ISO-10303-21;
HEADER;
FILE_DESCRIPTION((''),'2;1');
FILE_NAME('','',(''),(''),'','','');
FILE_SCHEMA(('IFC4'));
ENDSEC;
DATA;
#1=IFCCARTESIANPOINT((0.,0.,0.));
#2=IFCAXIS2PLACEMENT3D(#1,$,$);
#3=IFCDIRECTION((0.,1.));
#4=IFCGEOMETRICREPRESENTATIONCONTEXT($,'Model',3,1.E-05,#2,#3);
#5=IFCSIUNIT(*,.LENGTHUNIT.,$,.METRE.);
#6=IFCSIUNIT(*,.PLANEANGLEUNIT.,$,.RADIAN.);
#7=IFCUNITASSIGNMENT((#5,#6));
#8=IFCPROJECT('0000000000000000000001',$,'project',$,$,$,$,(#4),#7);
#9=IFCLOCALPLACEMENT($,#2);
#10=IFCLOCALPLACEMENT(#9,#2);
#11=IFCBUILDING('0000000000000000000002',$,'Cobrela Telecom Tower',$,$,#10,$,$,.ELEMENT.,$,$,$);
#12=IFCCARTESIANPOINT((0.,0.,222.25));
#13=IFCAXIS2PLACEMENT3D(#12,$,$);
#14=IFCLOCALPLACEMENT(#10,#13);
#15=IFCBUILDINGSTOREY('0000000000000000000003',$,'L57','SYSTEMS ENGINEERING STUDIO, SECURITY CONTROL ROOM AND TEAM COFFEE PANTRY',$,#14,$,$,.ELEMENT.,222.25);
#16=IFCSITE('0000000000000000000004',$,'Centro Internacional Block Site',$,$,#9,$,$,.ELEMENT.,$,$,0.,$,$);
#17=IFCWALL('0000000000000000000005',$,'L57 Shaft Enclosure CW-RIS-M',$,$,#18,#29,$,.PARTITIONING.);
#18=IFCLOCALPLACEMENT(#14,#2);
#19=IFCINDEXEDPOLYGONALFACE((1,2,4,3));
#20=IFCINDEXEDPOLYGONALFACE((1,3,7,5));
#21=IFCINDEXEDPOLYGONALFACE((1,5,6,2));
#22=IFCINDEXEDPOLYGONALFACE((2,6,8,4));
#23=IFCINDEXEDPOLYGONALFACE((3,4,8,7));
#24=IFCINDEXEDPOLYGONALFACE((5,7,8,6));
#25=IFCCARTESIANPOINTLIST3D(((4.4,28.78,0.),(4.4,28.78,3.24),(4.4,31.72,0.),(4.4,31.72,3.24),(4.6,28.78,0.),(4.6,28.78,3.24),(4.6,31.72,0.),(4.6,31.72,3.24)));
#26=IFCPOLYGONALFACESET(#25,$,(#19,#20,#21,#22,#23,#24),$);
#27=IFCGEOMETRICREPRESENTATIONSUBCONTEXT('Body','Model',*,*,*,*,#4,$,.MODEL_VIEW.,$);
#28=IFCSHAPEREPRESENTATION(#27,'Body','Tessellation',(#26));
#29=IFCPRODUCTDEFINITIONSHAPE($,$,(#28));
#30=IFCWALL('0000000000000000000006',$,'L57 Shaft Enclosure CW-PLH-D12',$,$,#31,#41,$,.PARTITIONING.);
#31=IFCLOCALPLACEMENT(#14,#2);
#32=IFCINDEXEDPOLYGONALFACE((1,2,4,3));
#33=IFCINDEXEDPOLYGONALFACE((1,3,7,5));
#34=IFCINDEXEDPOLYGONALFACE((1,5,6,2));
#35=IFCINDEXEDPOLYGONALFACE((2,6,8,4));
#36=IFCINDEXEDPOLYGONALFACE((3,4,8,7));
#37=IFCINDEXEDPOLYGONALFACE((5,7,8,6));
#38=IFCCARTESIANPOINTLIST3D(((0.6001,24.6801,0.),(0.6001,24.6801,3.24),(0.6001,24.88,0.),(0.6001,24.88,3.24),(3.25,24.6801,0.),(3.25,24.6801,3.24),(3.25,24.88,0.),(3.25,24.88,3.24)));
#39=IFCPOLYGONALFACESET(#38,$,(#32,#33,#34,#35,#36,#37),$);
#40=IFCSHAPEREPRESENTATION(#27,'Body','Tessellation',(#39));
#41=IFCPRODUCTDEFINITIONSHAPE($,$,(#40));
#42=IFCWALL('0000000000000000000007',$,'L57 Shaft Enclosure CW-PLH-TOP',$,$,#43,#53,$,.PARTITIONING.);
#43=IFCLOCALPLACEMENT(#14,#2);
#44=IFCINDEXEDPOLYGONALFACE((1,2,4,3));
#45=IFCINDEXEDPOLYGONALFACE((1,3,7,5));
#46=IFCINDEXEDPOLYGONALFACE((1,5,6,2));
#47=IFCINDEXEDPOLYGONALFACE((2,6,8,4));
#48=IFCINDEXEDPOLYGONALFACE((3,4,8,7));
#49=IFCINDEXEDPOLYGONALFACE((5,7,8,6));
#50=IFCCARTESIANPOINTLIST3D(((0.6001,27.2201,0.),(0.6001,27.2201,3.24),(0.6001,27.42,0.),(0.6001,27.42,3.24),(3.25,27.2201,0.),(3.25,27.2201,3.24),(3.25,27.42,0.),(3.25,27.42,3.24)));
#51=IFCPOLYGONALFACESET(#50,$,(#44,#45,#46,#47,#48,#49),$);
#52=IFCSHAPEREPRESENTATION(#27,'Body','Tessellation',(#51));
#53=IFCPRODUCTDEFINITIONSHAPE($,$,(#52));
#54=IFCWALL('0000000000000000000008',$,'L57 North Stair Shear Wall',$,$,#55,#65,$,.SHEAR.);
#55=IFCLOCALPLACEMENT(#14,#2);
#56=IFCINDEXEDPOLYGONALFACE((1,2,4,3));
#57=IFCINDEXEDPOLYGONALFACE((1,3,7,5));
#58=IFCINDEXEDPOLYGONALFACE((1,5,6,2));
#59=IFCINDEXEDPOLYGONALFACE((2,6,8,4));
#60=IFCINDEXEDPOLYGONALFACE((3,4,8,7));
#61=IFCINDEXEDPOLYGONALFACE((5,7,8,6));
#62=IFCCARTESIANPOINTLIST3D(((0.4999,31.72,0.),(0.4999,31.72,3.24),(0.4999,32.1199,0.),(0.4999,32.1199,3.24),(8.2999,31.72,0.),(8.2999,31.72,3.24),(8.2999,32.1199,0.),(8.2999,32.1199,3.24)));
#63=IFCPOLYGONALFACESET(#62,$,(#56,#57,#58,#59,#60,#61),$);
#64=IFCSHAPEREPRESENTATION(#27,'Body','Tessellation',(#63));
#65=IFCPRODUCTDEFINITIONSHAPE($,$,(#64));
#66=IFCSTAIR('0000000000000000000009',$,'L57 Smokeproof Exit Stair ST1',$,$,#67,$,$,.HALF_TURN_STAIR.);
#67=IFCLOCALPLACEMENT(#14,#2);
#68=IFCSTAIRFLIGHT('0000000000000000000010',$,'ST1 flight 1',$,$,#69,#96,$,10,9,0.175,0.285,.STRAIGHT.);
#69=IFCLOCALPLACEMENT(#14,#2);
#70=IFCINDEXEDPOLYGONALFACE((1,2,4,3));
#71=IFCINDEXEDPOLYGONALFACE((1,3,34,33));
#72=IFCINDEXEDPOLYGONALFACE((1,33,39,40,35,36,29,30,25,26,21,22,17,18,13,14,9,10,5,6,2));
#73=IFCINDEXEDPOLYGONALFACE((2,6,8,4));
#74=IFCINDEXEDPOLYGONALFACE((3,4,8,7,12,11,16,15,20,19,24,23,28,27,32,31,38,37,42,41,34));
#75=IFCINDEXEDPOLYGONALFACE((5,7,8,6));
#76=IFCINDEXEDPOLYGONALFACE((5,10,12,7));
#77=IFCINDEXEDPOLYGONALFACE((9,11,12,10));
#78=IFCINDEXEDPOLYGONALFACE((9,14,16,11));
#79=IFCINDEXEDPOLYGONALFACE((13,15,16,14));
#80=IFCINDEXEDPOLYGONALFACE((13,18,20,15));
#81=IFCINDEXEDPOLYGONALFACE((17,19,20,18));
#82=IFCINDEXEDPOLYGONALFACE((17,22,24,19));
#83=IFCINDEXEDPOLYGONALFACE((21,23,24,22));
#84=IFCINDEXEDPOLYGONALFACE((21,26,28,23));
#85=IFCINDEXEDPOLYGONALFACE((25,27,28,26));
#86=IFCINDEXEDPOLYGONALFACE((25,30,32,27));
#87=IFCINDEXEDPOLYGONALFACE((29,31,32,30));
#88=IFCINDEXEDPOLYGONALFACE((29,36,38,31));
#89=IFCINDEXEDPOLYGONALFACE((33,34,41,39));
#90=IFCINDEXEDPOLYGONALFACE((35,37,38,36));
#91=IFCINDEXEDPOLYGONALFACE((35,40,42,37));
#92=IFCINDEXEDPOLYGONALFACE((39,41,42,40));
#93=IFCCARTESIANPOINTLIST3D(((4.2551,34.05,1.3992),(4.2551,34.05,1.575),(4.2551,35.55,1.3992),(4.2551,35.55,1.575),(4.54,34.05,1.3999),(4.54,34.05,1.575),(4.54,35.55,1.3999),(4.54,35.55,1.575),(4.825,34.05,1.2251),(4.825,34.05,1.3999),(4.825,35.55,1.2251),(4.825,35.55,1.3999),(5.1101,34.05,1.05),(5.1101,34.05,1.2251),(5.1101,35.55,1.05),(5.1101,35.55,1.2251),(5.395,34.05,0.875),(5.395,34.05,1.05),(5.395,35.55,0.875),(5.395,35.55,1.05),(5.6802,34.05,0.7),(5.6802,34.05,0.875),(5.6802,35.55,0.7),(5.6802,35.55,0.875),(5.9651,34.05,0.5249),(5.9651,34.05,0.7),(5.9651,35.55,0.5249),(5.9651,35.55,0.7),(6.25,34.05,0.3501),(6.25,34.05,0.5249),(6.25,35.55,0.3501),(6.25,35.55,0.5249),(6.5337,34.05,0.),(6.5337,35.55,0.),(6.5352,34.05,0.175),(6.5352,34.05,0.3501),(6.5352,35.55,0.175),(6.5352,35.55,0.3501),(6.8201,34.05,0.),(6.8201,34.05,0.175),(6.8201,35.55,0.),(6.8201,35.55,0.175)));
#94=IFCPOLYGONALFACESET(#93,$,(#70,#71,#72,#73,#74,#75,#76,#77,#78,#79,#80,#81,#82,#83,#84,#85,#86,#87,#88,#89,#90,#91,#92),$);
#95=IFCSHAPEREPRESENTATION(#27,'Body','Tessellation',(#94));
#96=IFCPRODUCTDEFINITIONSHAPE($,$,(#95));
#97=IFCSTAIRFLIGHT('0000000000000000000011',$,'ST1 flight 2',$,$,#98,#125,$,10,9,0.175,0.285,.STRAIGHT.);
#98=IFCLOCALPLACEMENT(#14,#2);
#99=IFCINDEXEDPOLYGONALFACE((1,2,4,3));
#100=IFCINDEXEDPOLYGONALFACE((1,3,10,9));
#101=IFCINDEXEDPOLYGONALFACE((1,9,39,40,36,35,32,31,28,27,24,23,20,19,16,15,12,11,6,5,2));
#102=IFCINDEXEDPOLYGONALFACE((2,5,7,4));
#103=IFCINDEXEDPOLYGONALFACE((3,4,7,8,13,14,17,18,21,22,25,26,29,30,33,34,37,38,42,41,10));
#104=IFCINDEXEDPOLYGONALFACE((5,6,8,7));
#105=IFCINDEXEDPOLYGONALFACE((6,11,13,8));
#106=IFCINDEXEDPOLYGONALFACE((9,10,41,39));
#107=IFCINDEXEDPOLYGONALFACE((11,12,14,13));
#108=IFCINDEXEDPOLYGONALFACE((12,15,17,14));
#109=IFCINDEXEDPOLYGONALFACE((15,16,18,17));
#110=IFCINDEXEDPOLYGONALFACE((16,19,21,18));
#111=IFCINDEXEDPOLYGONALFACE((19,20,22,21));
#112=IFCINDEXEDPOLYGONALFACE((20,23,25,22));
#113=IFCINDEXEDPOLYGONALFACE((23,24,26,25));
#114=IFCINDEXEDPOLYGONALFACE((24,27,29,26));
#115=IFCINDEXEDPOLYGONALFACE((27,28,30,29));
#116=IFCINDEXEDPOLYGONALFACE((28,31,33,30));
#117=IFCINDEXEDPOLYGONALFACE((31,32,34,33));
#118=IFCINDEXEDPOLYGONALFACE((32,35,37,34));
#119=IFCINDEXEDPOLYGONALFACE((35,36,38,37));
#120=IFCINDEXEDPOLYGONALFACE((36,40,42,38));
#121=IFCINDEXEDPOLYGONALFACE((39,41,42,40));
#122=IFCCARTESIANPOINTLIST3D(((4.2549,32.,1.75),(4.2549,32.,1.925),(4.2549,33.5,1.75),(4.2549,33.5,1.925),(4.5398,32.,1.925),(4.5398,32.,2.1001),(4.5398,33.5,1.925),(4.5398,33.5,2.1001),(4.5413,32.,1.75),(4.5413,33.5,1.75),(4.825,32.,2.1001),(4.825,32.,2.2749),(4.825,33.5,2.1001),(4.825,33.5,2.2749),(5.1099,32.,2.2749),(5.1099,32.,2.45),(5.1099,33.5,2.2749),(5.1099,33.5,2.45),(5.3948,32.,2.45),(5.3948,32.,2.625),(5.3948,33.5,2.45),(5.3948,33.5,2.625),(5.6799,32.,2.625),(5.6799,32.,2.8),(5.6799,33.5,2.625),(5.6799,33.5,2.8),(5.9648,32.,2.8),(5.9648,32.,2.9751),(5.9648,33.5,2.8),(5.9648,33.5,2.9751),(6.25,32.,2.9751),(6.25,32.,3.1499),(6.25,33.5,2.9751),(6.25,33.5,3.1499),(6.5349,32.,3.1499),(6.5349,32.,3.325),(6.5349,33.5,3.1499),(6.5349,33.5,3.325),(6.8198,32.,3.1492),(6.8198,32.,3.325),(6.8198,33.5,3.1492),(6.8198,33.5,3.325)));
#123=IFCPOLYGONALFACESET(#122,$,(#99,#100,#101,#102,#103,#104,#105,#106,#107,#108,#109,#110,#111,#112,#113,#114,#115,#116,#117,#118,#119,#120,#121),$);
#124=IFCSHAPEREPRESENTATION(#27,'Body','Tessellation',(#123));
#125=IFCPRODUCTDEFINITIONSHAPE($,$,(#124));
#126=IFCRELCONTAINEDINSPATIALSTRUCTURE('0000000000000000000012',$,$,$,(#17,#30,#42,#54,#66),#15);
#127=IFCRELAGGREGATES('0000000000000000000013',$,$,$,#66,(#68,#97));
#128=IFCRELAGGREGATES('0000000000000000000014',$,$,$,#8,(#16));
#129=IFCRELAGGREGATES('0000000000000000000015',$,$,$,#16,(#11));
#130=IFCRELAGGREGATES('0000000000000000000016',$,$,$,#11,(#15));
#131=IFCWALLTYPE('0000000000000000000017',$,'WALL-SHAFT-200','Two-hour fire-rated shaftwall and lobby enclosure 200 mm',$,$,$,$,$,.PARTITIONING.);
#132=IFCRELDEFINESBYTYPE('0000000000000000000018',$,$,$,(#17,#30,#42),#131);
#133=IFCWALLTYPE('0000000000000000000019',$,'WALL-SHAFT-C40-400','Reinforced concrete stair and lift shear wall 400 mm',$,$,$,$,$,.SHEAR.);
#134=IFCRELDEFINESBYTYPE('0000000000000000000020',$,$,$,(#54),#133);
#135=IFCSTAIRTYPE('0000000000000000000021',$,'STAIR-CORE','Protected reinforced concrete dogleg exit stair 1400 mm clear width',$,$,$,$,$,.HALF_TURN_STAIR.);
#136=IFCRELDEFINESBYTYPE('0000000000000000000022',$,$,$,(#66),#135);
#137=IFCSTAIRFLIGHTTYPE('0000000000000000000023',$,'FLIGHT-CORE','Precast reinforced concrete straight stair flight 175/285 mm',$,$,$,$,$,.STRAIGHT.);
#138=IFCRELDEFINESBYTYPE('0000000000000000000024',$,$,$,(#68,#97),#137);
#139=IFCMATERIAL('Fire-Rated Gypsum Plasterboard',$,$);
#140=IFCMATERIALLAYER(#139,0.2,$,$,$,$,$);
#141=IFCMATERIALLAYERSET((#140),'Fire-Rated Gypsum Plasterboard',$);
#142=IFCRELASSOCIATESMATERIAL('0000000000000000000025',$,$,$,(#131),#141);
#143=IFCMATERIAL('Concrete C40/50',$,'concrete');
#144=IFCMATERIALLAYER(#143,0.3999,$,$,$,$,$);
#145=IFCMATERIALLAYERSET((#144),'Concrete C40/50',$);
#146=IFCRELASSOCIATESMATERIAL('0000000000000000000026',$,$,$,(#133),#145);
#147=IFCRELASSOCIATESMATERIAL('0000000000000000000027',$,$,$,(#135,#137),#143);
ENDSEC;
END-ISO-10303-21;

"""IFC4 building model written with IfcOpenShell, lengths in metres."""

from ifc_helpers import new_model, si_unit, direction, frame, frame_2d, origin, place, context, subcontext, project, spatial, polyline, rectangle, outline, extrude, material, layer, layer_set, type_object, element, aggregate, save


model = new_model("IFC4")

# Units and contexts
model_context = context("Model", 3, precision=1e-05, world=origin(), true_north=direction((0.0, 1.0)))
body_context = subcontext(model_context, "Body", "Model", "MODEL_VIEW")
ifc_project = project(units=[si_unit("LENGTHUNIT", "METRE"), si_unit("PLANEANGLEUNIT", "RADIAN")], contexts=[model_context])

# Site, building, storey
site_placement = place(None, origin())
site = spatial("IfcSite", under=ifc_project, at=site_placement, Name="Centro Internacional Block Site", CompositionType="ELEMENT", RefElevation=0.0)
building_placement = place(site_placement, origin())
building = spatial("IfcBuilding", under=site, at=building_placement, Name="Cobrela Telecom Tower", CompositionType="ELEMENT")
storey_placement = place(building_placement, frame((0.0, 0.0, 222.25)))
storey = spatial("IfcBuildingStorey", under=building, at=storey_placement, Name="L57", Description="SYSTEMS ENGINEERING STUDIO, SECURITY CONTROL ROOM AND TEAM COFFEE PANTRY", CompositionType="ELEMENT", Elevation=222.25)

# Shared definitions
ifc_material_1 = material(Name="Fire-Rated Gypsum Plasterboard")
ifc_layer_1 = layer(ifc_material_1, 0.2)
ifc_layer_set_1 = layer_set([ifc_layer_1], Name="Fire-Rated Gypsum Plasterboard")
wall_type_1 = type_object("IfcWallType", Name="WALL-SHAFT-200", Description="Two-hour fire-rated shaftwall and lobby enclosure 200 mm", PredefinedType="PARTITIONING", material=ifc_layer_set_1)

# Walls
wall_1_placement = place(storey_placement, frame((4.5, 28.78, 0.0), z_axis=(0.0, 0.0, 1.0), x_axis=(0.0, 1.0, 0.0)))
element("IfcWall", 1, at=wall_1_placement, inside=storey, type_object=wall_type_1, Name="L57 Shaft Enclosure CW-RIS-M", PredefinedType="PARTITIONING", context=body_context, shape_type="SweptSolid", body=[
    extrude(rectangle(XDim=2.9399, YDim=0.2, at=frame_2d((1.47, 0.0))), origin(), (0.0, 0.0, 1.0), 3.24),
])
for number, where, z_axis, x_axis, name in (
    (2, (0.6001, 24.78, 0.0), (0.0, 0.0, 1.0), (1.0, 0.0, 0.0), "L57 Shaft Enclosure CW-PLH-D12"),
    (3, (0.6001, 27.3201, 0.0), (0.0, 0.0, 1.0), (1.0, 0.0, 0.0), "L57 Shaft Enclosure CW-PLH-TOP"),
):
    element("IfcWall", number, at=place(storey_placement, frame(where, z_axis=z_axis, x_axis=x_axis)), inside=storey, type_object=wall_type_1, Name=name, PredefinedType="PARTITIONING", context=body_context, shape_type="SweptSolid", body=[
        extrude(rectangle(XDim=2.6499, YDim=0.2, at=frame_2d((1.325, 0.0))), origin(), (0.0, 0.0, 1.0), 3.24),
    ])
ifc_material_2 = material(Name="Concrete C40/50", Category="concrete")
ifc_layer_2 = layer(ifc_material_2, 0.3999)
ifc_layer_set_2 = layer_set([ifc_layer_2], Name="Concrete C40/50")
wall_type_2 = type_object("IfcWallType", Name="WALL-SHAFT-C40-400", Description="Reinforced concrete stair and lift shear wall 400 mm", PredefinedType="SHEAR", material=ifc_layer_set_2)
wall_2_placement = place(storey_placement, frame((0.5, 31.9199, 0.0), z_axis=(0.0, 0.0, 1.0), x_axis=(1.0, 0.0, 0.0)))
element("IfcWall", 4, at=wall_2_placement, inside=storey, type_object=wall_type_2, Name="L57 North Stair Shear Wall", PredefinedType="SHEAR", context=body_context, shape_type="SweptSolid", body=[
    extrude(rectangle(XDim=7.8, YDim=0.3999, at=frame_2d((3.8999, 0.0))), origin(), (0.0, 0.0, 1.0), 3.24),
])

# Stair, stair flights
stair_type = type_object("IfcStairType", Name="STAIR-CORE", Description="Protected reinforced concrete dogleg exit stair 1400 mm clear width", PredefinedType="HALF_TURN_STAIR", material=ifc_material_2)
stair_placement = place(storey_placement, origin())
stair = element("IfcStair", 5, at=stair_placement, inside=storey, type_object=stair_type, Name="L57 Smokeproof Exit Stair ST1", PredefinedType="HALF_TURN_STAIR")
stair_flight_type = type_object("IfcStairFlightType", Name="FLIGHT-CORE", Description="Precast reinforced concrete straight stair flight 175/285 mm", PredefinedType="STRAIGHT", material=ifc_material_2)
stair_flight_1_placement = place(storey_placement, frame((6.8201, 34.8, 0.0), z_axis=(0.0, 0.0, 1.0), x_axis=(-1.0, 0.0, 0.0)))
stair_flight_1 = element("IfcStairFlight", 6, at=stair_flight_1_placement, type_object=stair_flight_type, Name="ST1 flight 1", NumberOfRisers=10, NumberOfTreads=9, PredefinedType="STRAIGHT", RiserHeight=0.175, TreadLength=0.285, context=body_context, shape_type="SweptSolid", body=[
    extrude(outline(polyline([(0.0, 0.0), (0.0, 0.175), (0.2849, 0.175), (0.2849, 0.3501), (0.5701, 0.3501), (0.5701, 0.5249), (0.855, 0.5249), (0.855, 0.7), (1.1399, 0.7), (1.1399, 0.875), (1.425, 0.875), (1.425, 1.05), (1.71, 1.05), (1.71, 1.2251), (1.9951, 1.2251), (1.9951, 1.3999), (2.28, 1.3999), (2.28, 1.575), (2.5649, 1.575), (2.5649, 1.75), (2.5649, 1.3992), (0.2864, 0.0), (0.0, 0.0)])), frame((0.0, 0.75, 0.0), z_axis=(0.0, -1.0, 0.0), x_axis=(1.0, 0.0, 0.0)), (0.0, 0.0, 1.0), 1.5),
])
stair_flight_2_placement = place(storey_placement, frame((4.2549, 32.75, 1.75), z_axis=(0.0, 0.0, 1.0), x_axis=(1.0, 0.0, 0.0)))
stair_flight_2 = element("IfcStairFlight", 7, at=stair_flight_2_placement, type_object=stair_flight_type, Name="ST1 flight 2", NumberOfRisers=10, NumberOfTreads=9, PredefinedType="STRAIGHT", RiserHeight=0.175, TreadLength=0.285, context=body_context, shape_type="SweptSolid", body=[
    extrude(outline(polyline([(0.0, 0.0), (0.0, 0.175), (0.2849, 0.175), (0.2849, 0.3501), (0.5701, 0.3501), (0.5701, 0.5249), (0.855, 0.5249), (0.855, 0.7), (1.1399, 0.7), (1.1399, 0.875), (1.425, 0.875), (1.425, 1.05), (1.71, 1.05), (1.71, 1.2251), (1.9951, 1.2251), (1.9951, 1.3999), (2.28, 1.3999), (2.28, 1.575), (2.5649, 1.575), (2.5649, 1.75), (2.5649, 1.3992), (0.2864, 0.0), (0.0, 0.0)])), frame((0.0, 0.75, 0.0), z_axis=(0.0, -1.0, 0.0), x_axis=(1.0, 0.0, 0.0)), (0.0, 0.0, 1.0), 1.5),
])
aggregate(stair, [stair_flight_1, stair_flight_2])

save(model, "model.ifc")
